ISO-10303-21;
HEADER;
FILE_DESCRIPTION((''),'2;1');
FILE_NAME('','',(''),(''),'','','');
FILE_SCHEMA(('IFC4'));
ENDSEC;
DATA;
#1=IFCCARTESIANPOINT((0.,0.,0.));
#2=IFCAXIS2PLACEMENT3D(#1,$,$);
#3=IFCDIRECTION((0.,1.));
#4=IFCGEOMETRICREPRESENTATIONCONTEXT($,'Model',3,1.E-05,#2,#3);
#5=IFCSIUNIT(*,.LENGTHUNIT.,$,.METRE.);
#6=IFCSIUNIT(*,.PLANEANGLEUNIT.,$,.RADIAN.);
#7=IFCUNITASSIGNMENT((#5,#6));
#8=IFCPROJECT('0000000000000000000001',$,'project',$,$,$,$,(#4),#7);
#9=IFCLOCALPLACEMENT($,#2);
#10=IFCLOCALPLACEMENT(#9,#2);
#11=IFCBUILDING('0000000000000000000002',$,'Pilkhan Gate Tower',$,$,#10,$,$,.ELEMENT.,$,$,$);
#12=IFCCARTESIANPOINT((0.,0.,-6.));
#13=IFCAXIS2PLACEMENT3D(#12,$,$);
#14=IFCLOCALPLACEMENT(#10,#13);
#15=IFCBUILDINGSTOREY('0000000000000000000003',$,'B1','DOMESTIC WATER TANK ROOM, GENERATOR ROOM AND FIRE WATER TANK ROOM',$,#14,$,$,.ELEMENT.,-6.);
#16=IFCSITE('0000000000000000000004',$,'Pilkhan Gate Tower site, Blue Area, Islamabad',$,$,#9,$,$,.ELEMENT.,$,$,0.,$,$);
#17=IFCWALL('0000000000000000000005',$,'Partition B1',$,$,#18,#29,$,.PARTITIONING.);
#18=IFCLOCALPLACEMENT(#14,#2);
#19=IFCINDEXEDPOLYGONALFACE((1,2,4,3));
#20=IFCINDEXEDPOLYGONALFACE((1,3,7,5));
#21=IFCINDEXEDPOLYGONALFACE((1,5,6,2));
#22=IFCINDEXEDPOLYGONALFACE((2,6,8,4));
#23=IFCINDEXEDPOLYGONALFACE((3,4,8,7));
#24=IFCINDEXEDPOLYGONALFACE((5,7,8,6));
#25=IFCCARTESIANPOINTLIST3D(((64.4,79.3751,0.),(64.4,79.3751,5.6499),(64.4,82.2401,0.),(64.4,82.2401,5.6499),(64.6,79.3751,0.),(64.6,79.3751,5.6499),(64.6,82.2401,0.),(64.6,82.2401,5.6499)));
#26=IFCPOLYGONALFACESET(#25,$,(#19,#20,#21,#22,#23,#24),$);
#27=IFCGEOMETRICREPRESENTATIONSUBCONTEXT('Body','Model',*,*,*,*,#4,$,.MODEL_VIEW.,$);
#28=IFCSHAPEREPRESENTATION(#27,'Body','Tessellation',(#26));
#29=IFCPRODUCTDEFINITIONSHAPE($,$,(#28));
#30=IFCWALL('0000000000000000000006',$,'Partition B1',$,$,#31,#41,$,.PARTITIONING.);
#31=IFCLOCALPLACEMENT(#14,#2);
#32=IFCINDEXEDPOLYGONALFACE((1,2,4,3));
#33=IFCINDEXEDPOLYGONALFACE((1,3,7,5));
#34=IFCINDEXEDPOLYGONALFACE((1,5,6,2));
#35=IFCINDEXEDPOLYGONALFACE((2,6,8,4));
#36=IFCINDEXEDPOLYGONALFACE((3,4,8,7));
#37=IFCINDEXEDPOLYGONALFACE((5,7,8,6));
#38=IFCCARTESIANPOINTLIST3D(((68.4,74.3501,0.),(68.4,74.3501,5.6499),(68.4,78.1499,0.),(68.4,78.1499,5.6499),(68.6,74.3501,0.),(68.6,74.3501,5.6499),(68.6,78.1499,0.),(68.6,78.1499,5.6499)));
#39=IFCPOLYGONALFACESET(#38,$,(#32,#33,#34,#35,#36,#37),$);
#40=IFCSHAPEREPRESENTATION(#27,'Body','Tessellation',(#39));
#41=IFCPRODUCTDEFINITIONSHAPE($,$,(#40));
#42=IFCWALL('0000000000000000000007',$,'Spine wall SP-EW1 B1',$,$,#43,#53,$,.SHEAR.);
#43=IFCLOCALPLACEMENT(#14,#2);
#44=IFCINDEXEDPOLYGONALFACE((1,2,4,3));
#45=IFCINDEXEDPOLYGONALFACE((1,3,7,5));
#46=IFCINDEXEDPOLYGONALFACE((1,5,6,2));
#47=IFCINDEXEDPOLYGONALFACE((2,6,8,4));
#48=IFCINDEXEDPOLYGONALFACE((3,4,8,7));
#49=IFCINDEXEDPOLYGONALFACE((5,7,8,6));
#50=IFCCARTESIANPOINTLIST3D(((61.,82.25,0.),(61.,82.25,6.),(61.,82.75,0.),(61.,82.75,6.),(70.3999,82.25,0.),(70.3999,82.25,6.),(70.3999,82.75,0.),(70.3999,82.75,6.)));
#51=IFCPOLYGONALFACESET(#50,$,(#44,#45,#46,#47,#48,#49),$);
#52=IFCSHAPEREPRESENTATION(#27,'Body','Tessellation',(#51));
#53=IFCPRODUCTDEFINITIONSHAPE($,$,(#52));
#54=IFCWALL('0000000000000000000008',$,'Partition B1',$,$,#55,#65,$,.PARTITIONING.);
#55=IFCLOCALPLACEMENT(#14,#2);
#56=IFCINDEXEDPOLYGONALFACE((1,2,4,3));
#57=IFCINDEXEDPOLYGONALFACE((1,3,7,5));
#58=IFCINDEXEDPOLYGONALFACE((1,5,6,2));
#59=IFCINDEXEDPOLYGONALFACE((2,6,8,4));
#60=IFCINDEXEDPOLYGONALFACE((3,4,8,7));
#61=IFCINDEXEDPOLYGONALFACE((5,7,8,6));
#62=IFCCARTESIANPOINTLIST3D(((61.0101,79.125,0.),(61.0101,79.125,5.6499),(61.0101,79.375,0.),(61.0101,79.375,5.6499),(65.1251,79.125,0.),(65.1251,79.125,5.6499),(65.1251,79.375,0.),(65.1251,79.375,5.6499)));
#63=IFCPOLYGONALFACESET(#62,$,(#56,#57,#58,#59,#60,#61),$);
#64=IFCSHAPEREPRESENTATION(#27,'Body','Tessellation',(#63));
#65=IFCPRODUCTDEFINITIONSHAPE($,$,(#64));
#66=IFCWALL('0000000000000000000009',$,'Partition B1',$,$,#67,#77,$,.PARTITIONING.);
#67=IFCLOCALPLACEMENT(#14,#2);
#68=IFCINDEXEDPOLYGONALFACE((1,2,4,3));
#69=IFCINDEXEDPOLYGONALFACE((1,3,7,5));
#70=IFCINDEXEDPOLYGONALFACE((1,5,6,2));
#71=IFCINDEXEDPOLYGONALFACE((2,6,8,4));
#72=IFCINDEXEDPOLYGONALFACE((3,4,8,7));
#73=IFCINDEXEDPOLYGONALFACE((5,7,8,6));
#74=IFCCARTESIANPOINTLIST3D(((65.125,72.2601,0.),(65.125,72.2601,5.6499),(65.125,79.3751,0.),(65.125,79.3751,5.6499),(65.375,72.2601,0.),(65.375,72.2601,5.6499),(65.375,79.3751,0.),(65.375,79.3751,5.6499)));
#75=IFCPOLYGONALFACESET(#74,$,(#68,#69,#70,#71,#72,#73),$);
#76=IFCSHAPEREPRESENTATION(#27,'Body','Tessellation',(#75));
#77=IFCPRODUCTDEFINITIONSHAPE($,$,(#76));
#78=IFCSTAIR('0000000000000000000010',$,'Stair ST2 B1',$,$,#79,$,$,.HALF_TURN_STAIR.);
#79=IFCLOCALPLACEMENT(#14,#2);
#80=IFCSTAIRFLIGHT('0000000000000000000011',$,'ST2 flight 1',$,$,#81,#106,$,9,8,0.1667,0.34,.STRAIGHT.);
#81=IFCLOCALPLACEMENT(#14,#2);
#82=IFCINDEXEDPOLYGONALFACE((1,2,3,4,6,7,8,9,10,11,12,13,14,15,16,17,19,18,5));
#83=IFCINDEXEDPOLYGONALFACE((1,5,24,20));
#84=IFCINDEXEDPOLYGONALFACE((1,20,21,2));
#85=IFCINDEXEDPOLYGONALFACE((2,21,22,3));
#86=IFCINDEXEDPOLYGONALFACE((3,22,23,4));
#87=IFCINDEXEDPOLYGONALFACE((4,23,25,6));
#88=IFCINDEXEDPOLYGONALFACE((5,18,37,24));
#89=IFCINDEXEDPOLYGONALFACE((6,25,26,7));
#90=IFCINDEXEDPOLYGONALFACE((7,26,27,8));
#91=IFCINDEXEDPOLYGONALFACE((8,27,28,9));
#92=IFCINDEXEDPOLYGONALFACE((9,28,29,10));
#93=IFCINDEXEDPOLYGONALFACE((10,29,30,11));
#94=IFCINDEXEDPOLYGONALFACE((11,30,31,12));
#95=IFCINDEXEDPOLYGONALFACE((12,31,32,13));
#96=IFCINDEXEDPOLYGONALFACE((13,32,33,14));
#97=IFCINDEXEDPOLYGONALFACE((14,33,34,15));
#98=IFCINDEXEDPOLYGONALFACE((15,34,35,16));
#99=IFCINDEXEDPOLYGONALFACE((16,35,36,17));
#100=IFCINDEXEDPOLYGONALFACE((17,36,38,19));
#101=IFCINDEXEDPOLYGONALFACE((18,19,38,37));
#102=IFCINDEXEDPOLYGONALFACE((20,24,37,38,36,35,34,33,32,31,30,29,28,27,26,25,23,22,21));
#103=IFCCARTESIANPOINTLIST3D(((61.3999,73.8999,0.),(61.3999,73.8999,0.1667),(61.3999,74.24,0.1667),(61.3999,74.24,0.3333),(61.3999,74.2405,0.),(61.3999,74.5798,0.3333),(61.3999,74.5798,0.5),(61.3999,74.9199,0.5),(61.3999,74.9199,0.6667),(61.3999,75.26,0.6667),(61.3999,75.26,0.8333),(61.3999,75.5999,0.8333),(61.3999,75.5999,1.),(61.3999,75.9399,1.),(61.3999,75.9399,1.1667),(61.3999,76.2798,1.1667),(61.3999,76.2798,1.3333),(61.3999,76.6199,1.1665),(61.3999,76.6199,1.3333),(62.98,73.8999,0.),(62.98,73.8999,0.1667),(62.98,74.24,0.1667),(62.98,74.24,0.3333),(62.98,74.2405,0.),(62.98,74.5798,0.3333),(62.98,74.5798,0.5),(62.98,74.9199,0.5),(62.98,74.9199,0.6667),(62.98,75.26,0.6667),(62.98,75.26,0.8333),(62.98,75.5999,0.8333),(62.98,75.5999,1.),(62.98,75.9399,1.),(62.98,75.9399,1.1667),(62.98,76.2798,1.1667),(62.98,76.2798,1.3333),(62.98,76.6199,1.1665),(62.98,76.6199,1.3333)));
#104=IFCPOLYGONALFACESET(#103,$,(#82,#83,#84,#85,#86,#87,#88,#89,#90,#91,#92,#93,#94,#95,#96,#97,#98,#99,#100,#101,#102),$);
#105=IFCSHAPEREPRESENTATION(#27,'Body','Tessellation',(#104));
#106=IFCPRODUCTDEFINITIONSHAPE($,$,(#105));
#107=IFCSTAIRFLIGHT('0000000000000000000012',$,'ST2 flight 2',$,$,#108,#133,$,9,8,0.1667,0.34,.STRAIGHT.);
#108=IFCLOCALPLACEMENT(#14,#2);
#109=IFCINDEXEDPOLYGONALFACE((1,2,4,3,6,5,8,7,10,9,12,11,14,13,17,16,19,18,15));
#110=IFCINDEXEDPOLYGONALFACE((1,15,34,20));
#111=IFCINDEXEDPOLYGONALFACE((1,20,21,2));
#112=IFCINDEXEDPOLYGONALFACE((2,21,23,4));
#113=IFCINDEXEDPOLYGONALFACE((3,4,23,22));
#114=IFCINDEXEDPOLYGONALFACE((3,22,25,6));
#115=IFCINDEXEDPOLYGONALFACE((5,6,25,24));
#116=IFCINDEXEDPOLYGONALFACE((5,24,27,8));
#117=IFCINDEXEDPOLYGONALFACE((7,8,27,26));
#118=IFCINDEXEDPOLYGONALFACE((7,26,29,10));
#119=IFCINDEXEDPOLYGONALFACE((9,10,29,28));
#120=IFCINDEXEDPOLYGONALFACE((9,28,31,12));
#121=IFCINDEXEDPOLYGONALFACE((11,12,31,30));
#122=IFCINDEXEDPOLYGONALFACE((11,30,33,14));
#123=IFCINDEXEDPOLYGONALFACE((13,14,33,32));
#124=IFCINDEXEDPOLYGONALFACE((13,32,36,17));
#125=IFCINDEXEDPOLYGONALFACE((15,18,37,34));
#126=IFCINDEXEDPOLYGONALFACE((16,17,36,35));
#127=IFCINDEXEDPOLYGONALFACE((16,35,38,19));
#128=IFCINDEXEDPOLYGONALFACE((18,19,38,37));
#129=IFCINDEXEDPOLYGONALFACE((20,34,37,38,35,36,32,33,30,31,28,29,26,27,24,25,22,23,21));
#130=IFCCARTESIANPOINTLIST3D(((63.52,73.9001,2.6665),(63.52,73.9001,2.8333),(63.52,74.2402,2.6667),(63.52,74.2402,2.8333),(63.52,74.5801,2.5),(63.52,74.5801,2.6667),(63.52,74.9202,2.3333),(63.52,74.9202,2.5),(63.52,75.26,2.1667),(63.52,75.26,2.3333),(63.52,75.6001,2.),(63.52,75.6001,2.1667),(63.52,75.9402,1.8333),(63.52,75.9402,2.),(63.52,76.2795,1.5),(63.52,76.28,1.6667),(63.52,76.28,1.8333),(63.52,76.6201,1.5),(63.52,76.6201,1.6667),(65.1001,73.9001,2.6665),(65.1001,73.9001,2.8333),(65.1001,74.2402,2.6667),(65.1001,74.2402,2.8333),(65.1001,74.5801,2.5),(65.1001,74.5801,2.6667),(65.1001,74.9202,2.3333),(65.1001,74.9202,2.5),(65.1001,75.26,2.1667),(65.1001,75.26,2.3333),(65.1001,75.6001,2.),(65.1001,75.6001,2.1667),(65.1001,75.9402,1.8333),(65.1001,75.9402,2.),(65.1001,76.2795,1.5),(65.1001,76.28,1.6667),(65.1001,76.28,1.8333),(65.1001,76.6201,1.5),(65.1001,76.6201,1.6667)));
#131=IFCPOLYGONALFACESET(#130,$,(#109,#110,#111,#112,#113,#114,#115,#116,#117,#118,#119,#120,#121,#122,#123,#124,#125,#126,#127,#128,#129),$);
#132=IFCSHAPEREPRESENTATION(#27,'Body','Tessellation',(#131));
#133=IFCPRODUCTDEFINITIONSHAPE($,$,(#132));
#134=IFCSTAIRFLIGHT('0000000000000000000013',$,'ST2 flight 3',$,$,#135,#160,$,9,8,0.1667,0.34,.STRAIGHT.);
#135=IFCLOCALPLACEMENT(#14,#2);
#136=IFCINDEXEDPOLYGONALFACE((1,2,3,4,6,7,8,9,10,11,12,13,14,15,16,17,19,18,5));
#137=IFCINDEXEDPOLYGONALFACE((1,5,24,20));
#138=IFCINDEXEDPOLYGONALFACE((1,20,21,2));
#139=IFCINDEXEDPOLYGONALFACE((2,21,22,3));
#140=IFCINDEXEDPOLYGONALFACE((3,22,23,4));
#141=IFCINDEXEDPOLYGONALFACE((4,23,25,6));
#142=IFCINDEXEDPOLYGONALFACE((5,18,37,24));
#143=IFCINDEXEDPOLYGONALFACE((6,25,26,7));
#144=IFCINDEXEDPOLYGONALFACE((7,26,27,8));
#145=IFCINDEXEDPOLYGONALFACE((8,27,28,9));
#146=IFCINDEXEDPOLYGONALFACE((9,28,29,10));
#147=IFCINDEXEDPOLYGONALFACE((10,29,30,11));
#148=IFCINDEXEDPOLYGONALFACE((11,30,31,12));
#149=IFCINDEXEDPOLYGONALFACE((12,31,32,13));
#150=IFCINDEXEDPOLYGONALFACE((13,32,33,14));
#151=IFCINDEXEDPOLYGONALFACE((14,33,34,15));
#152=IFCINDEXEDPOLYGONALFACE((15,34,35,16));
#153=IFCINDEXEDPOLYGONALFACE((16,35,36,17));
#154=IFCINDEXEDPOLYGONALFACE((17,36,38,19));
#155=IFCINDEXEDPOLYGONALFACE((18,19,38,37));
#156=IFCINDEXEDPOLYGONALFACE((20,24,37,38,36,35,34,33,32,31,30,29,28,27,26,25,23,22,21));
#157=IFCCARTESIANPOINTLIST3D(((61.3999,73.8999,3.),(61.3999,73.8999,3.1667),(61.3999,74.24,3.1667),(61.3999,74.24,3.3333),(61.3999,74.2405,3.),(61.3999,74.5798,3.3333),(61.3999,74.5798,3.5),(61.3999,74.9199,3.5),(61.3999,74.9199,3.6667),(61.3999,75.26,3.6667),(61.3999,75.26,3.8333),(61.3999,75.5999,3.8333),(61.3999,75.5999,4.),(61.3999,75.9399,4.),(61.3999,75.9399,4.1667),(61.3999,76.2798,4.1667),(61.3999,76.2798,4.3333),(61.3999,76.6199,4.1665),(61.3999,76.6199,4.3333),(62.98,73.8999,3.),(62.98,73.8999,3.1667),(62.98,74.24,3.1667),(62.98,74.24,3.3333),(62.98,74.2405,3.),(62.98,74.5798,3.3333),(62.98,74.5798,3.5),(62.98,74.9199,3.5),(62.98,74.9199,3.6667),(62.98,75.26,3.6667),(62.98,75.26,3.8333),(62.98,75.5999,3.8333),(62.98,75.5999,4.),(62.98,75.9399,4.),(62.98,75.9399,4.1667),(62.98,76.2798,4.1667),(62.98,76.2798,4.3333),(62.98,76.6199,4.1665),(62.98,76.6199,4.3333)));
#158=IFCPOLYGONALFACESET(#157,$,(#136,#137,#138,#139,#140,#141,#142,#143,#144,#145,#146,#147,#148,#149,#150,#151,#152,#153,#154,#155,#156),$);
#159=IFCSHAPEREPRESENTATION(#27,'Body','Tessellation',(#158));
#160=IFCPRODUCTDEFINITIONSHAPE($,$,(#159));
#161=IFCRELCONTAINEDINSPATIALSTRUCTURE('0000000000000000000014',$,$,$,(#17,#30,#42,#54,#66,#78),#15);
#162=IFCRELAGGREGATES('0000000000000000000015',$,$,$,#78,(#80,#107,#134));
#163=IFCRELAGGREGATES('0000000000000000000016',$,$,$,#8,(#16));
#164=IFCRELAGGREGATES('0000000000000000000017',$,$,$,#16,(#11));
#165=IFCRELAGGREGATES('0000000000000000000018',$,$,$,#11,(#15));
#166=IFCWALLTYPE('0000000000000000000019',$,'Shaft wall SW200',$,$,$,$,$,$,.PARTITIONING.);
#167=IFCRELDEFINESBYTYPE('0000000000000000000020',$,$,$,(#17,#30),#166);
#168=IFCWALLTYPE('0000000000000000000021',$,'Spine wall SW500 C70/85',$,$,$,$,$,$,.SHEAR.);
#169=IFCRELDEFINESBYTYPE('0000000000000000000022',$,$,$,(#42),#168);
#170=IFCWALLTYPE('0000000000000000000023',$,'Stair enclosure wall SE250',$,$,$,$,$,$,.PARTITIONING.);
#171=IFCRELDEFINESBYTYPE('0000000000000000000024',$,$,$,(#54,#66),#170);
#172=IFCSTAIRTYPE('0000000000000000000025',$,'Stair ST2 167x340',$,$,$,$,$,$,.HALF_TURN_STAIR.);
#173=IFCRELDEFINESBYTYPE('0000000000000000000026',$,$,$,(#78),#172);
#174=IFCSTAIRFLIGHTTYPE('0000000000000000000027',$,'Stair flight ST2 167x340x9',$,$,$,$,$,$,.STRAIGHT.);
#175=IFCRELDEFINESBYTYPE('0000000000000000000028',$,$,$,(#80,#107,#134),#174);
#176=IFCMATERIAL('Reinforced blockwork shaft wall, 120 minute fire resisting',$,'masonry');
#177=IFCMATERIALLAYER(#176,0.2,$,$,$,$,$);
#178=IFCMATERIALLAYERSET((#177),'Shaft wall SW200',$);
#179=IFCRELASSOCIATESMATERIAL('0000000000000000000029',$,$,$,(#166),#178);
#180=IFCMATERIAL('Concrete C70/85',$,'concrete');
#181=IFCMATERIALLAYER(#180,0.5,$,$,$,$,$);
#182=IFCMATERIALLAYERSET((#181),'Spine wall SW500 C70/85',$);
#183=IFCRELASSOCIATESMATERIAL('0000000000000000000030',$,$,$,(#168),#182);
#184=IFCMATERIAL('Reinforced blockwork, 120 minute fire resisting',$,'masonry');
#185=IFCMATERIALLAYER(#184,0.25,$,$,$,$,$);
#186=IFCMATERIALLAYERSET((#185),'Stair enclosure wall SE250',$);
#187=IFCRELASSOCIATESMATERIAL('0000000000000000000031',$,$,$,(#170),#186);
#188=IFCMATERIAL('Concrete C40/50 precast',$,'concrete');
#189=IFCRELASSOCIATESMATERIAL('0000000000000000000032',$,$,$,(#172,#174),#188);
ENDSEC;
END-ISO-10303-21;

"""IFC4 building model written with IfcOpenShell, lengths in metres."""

from ifc_helpers import new_model, si_unit, direction, frame, frame_2d, origin, place, context, subcontext, project, spatial, polyline, rectangle, outline, extrude, material, layer, layer_set, type_object, element, aggregate, save


model = new_model("IFC4")

# Units and contexts
model_context = context("Model", 3, precision=1e-05, world=origin(), true_north=direction((0.0, 1.0)))
body_context = subcontext(model_context, "Body", "Model", "MODEL_VIEW")
ifc_project = project(units=[si_unit("LENGTHUNIT", "METRE"), si_unit("PLANEANGLEUNIT", "RADIAN")], contexts=[model_context])

# Site, building, storey
site_placement = place(None, origin())
site = spatial("IfcSite", under=ifc_project, at=site_placement, Name="Pilkhan Gate Tower site, Blue Area, Islamabad", CompositionType="ELEMENT", RefElevation=0.0)
building_placement = place(site_placement, origin())
building = spatial("IfcBuilding", under=site, at=building_placement, Name="Pilkhan Gate Tower", CompositionType="ELEMENT")
storey_placement = place(building_placement, frame((0.0, 0.0, -6.0)))
storey = spatial("IfcBuildingStorey", under=building, at=storey_placement, Name="B1", Description="DOMESTIC WATER TANK ROOM, GENERATOR ROOM AND FIRE WATER TANK ROOM", CompositionType="ELEMENT", Elevation=-6.0)

# Shared definitions
ifc_material_1 = material(Name="Concrete C70/85", Category="concrete")

# Walls
ifc_material_2 = material(Name="Reinforced blockwork shaft wall, 120 minute fire resisting", Category="masonry")
ifc_layer_1 = layer(ifc_material_2, 0.2)
ifc_layer_set_1 = layer_set([ifc_layer_1], Name="Shaft wall SW200")
wall_type_1 = type_object("IfcWallType", Name="Shaft wall SW200", PredefinedType="PARTITIONING", material=ifc_layer_set_1)
wall_1_placement = place(storey_placement, frame((64.5, 79.375, 0.0), z_axis=(0.0, 0.0, 1.0), x_axis=(0.0, 1.0, 0.0)))
element("IfcWall", 1, at=wall_1_placement, inside=storey, type_object=wall_type_1, Name="Partition B1", PredefinedType="PARTITIONING", context=body_context, shape_type="SweptSolid", body=[
    extrude(rectangle(XDim=2.865, YDim=0.2, at=frame_2d((1.4326, 0.0))), origin(), (0.0, 0.0, 1.0), 5.6499),
])
wall_2_placement = place(storey_placement, frame((68.5, 74.3501, 0.0), z_axis=(0.0, 0.0, 1.0), x_axis=(0.0, 1.0, 0.0)))
element("IfcWall", 2, at=wall_2_placement, inside=storey, type_object=wall_type_1, Name="Partition B1", PredefinedType="PARTITIONING", context=body_context, shape_type="SweptSolid", body=[
    extrude(rectangle(XDim=3.7998, YDim=0.2, at=frame_2d((1.8999, 0.0))), origin(), (0.0, 0.0, 1.0), 5.6499),
])
ifc_layer_2 = layer(ifc_material_1, 0.5)
ifc_layer_set_2 = layer_set([ifc_layer_2], Name="Spine wall SW500 C70/85")
wall_type_2 = type_object("IfcWallType", Name="Spine wall SW500 C70/85", PredefinedType="SHEAR", material=ifc_layer_set_2)
wall_3_placement = place(storey_placement, frame((61.0, 82.5, 0.0), z_axis=(0.0, 0.0, 1.0), x_axis=(1.0, 0.0, 0.0)))
element("IfcWall", 3, at=wall_3_placement, inside=storey, type_object=wall_type_2, Name="Spine wall SP-EW1 B1", PredefinedType="SHEAR", context=body_context, shape_type="SweptSolid", body=[
    extrude(rectangle(XDim=9.3999, YDim=0.5, at=frame_2d((4.7, 0.0))), origin(), (0.0, 0.0, 1.0), 6.0),
])
ifc_material_3 = material(Name="Reinforced blockwork, 120 minute fire resisting", Category="masonry")
ifc_layer_3 = layer(ifc_material_3, 0.25)
ifc_layer_set_3 = layer_set([ifc_layer_3], Name="Stair enclosure wall SE250")
wall_type_3 = type_object("IfcWallType", Name="Stair enclosure wall SE250", PredefinedType="PARTITIONING", material=ifc_layer_set_3)
wall_4_placement = place(storey_placement, frame((61.01, 79.25, 0.0), z_axis=(0.0, 0.0, 1.0), x_axis=(1.0, 0.0, 0.0)))
element("IfcWall", 4, at=wall_4_placement, inside=storey, type_object=wall_type_3, Name="Partition B1", PredefinedType="PARTITIONING", context=body_context, shape_type="SweptSolid", body=[
    extrude(rectangle(XDim=4.115, YDim=0.25, at=frame_2d((2.0576, 0.0))), origin(), (0.0, 0.0, 1.0), 5.6499),
])
wall_5_placement = place(storey_placement, frame((65.25, 72.26, 0.0), z_axis=(0.0, 0.0, 1.0), x_axis=(0.0, 1.0, 0.0)))
element("IfcWall", 5, at=wall_5_placement, inside=storey, type_object=wall_type_3, Name="Partition B1", PredefinedType="PARTITIONING", context=body_context, shape_type="SweptSolid", body=[
    extrude(rectangle(XDim=7.115, YDim=0.25, at=frame_2d((3.5576, 0.0))), origin(), (0.0, 0.0, 1.0), 5.6499),
])

# Stair, stair flights
ifc_material_4 = material(Name="Concrete C40/50 precast", Category="concrete")
stair_type = type_object("IfcStairType", Name="Stair ST2 167x340", PredefinedType="HALF_TURN_STAIR", material=ifc_material_4)
stair_placement = place(storey_placement, origin())
stair = element("IfcStair", 6, at=stair_placement, inside=storey, type_object=stair_type, Name="Stair ST2 B1", PredefinedType="HALF_TURN_STAIR")
stair_flight_type = type_object("IfcStairFlightType", Name="Stair flight ST2 167x340x9", PredefinedType="STRAIGHT", material=ifc_material_4)
stair_flight_1_placement = place(storey_placement, frame((62.1899, 73.8999, 0.0), z_axis=(0.0, 0.0, 1.0), x_axis=(0.0, 1.0, 0.0)))
stair_flight_1 = element("IfcStairFlight", 7, at=stair_flight_1_placement, type_object=stair_flight_type, Name="ST2 flight 1", NumberOfRisers=9, NumberOfTreads=8, PredefinedType="STRAIGHT", RiserHeight=0.1667, TreadLength=0.34, context=body_context, shape_type="SweptSolid", body=[
    extrude(outline(polyline([(0.0, 0.0), (0.0, 0.1667), (0.3401, 0.1667), (0.3401, 0.3333), (0.6799, 0.3333), (0.6799, 0.5), (1.02, 0.5), (1.02, 0.6667), (1.3601, 0.6667), (1.3601, 0.8333), (1.7, 0.8333), (1.7, 1.0), (2.04, 1.0), (2.04, 1.1667), (2.3799, 1.1667), (2.3799, 1.3333), (2.72, 1.3333), (2.72, 1.5), (2.72, 1.1665), (0.3406, 0.0), (0.0, 0.0)])), frame((0.0, 0.79, 0.0), z_axis=(0.0, -1.0, 0.0), x_axis=(1.0, 0.0, 0.0)), (0.0, 0.0, 1.0), 1.5801),
])
stair_flight_2_placement = place(storey_placement, frame((64.3101, 76.6201, 1.5), z_axis=(0.0, 0.0, 1.0), x_axis=(0.0, -1.0, 0.0)))
stair_flight_2 = element("IfcStairFlight", 8, at=stair_flight_2_placement, type_object=stair_flight_type, Name="ST2 flight 2", NumberOfRisers=9, NumberOfTreads=8, PredefinedType="STRAIGHT", RiserHeight=0.1667, TreadLength=0.34, context=body_context, shape_type="SweptSolid", body=[
    extrude(outline(polyline([(0.0, 0.0), (0.0, 0.1667), (0.3401, 0.1667), (0.3401, 0.3333), (0.6799, 0.3333), (0.6799, 0.5), (1.02, 0.5), (1.02, 0.6667), (1.3601, 0.6667), (1.3601, 0.8333), (1.7, 0.8333), (1.7, 1.0), (2.04, 1.0), (2.04, 1.1667), (2.3799, 1.1667), (2.3799, 1.3333), (2.72, 1.3333), (2.72, 1.5), (2.72, 1.1665), (0.3406, 0.0), (0.0, 0.0)])), frame((0.0, 0.79, 0.0), z_axis=(0.0, -1.0, 0.0), x_axis=(1.0, 0.0, 0.0)), (0.0, 0.0, 1.0), 1.5801),
])
stair_flight_3_placement = place(storey_placement, frame((62.1899, 73.8999, 3.0), z_axis=(0.0, 0.0, 1.0), x_axis=(0.0, 1.0, 0.0)))
stair_flight_3 = element("IfcStairFlight", 9, at=stair_flight_3_placement, type_object=stair_flight_type, Name="ST2 flight 3", NumberOfRisers=9, NumberOfTreads=8, PredefinedType="STRAIGHT", RiserHeight=0.1667, TreadLength=0.34, context=body_context, shape_type="SweptSolid", body=[
    extrude(outline(polyline([(0.0, 0.0), (0.0, 0.1667), (0.3401, 0.1667), (0.3401, 0.3333), (0.6799, 0.3333), (0.6799, 0.5), (1.02, 0.5), (1.02, 0.6667), (1.3601, 0.6667), (1.3601, 0.8333), (1.7, 0.8333), (1.7, 1.0), (2.04, 1.0), (2.04, 1.1667), (2.3799, 1.1667), (2.3799, 1.3333), (2.72, 1.3333), (2.72, 1.5), (2.72, 1.1665), (0.3406, 0.0), (0.0, 0.0)])), frame((0.0, 0.79, 0.0), z_axis=(0.0, -1.0, 0.0), x_axis=(1.0, 0.0, 0.0)), (0.0, 0.0, 1.0), 1.5801),
])
aggregate(stair, [stair_flight_1, stair_flight_2, stair_flight_3])

save(model, "model.ifc")
